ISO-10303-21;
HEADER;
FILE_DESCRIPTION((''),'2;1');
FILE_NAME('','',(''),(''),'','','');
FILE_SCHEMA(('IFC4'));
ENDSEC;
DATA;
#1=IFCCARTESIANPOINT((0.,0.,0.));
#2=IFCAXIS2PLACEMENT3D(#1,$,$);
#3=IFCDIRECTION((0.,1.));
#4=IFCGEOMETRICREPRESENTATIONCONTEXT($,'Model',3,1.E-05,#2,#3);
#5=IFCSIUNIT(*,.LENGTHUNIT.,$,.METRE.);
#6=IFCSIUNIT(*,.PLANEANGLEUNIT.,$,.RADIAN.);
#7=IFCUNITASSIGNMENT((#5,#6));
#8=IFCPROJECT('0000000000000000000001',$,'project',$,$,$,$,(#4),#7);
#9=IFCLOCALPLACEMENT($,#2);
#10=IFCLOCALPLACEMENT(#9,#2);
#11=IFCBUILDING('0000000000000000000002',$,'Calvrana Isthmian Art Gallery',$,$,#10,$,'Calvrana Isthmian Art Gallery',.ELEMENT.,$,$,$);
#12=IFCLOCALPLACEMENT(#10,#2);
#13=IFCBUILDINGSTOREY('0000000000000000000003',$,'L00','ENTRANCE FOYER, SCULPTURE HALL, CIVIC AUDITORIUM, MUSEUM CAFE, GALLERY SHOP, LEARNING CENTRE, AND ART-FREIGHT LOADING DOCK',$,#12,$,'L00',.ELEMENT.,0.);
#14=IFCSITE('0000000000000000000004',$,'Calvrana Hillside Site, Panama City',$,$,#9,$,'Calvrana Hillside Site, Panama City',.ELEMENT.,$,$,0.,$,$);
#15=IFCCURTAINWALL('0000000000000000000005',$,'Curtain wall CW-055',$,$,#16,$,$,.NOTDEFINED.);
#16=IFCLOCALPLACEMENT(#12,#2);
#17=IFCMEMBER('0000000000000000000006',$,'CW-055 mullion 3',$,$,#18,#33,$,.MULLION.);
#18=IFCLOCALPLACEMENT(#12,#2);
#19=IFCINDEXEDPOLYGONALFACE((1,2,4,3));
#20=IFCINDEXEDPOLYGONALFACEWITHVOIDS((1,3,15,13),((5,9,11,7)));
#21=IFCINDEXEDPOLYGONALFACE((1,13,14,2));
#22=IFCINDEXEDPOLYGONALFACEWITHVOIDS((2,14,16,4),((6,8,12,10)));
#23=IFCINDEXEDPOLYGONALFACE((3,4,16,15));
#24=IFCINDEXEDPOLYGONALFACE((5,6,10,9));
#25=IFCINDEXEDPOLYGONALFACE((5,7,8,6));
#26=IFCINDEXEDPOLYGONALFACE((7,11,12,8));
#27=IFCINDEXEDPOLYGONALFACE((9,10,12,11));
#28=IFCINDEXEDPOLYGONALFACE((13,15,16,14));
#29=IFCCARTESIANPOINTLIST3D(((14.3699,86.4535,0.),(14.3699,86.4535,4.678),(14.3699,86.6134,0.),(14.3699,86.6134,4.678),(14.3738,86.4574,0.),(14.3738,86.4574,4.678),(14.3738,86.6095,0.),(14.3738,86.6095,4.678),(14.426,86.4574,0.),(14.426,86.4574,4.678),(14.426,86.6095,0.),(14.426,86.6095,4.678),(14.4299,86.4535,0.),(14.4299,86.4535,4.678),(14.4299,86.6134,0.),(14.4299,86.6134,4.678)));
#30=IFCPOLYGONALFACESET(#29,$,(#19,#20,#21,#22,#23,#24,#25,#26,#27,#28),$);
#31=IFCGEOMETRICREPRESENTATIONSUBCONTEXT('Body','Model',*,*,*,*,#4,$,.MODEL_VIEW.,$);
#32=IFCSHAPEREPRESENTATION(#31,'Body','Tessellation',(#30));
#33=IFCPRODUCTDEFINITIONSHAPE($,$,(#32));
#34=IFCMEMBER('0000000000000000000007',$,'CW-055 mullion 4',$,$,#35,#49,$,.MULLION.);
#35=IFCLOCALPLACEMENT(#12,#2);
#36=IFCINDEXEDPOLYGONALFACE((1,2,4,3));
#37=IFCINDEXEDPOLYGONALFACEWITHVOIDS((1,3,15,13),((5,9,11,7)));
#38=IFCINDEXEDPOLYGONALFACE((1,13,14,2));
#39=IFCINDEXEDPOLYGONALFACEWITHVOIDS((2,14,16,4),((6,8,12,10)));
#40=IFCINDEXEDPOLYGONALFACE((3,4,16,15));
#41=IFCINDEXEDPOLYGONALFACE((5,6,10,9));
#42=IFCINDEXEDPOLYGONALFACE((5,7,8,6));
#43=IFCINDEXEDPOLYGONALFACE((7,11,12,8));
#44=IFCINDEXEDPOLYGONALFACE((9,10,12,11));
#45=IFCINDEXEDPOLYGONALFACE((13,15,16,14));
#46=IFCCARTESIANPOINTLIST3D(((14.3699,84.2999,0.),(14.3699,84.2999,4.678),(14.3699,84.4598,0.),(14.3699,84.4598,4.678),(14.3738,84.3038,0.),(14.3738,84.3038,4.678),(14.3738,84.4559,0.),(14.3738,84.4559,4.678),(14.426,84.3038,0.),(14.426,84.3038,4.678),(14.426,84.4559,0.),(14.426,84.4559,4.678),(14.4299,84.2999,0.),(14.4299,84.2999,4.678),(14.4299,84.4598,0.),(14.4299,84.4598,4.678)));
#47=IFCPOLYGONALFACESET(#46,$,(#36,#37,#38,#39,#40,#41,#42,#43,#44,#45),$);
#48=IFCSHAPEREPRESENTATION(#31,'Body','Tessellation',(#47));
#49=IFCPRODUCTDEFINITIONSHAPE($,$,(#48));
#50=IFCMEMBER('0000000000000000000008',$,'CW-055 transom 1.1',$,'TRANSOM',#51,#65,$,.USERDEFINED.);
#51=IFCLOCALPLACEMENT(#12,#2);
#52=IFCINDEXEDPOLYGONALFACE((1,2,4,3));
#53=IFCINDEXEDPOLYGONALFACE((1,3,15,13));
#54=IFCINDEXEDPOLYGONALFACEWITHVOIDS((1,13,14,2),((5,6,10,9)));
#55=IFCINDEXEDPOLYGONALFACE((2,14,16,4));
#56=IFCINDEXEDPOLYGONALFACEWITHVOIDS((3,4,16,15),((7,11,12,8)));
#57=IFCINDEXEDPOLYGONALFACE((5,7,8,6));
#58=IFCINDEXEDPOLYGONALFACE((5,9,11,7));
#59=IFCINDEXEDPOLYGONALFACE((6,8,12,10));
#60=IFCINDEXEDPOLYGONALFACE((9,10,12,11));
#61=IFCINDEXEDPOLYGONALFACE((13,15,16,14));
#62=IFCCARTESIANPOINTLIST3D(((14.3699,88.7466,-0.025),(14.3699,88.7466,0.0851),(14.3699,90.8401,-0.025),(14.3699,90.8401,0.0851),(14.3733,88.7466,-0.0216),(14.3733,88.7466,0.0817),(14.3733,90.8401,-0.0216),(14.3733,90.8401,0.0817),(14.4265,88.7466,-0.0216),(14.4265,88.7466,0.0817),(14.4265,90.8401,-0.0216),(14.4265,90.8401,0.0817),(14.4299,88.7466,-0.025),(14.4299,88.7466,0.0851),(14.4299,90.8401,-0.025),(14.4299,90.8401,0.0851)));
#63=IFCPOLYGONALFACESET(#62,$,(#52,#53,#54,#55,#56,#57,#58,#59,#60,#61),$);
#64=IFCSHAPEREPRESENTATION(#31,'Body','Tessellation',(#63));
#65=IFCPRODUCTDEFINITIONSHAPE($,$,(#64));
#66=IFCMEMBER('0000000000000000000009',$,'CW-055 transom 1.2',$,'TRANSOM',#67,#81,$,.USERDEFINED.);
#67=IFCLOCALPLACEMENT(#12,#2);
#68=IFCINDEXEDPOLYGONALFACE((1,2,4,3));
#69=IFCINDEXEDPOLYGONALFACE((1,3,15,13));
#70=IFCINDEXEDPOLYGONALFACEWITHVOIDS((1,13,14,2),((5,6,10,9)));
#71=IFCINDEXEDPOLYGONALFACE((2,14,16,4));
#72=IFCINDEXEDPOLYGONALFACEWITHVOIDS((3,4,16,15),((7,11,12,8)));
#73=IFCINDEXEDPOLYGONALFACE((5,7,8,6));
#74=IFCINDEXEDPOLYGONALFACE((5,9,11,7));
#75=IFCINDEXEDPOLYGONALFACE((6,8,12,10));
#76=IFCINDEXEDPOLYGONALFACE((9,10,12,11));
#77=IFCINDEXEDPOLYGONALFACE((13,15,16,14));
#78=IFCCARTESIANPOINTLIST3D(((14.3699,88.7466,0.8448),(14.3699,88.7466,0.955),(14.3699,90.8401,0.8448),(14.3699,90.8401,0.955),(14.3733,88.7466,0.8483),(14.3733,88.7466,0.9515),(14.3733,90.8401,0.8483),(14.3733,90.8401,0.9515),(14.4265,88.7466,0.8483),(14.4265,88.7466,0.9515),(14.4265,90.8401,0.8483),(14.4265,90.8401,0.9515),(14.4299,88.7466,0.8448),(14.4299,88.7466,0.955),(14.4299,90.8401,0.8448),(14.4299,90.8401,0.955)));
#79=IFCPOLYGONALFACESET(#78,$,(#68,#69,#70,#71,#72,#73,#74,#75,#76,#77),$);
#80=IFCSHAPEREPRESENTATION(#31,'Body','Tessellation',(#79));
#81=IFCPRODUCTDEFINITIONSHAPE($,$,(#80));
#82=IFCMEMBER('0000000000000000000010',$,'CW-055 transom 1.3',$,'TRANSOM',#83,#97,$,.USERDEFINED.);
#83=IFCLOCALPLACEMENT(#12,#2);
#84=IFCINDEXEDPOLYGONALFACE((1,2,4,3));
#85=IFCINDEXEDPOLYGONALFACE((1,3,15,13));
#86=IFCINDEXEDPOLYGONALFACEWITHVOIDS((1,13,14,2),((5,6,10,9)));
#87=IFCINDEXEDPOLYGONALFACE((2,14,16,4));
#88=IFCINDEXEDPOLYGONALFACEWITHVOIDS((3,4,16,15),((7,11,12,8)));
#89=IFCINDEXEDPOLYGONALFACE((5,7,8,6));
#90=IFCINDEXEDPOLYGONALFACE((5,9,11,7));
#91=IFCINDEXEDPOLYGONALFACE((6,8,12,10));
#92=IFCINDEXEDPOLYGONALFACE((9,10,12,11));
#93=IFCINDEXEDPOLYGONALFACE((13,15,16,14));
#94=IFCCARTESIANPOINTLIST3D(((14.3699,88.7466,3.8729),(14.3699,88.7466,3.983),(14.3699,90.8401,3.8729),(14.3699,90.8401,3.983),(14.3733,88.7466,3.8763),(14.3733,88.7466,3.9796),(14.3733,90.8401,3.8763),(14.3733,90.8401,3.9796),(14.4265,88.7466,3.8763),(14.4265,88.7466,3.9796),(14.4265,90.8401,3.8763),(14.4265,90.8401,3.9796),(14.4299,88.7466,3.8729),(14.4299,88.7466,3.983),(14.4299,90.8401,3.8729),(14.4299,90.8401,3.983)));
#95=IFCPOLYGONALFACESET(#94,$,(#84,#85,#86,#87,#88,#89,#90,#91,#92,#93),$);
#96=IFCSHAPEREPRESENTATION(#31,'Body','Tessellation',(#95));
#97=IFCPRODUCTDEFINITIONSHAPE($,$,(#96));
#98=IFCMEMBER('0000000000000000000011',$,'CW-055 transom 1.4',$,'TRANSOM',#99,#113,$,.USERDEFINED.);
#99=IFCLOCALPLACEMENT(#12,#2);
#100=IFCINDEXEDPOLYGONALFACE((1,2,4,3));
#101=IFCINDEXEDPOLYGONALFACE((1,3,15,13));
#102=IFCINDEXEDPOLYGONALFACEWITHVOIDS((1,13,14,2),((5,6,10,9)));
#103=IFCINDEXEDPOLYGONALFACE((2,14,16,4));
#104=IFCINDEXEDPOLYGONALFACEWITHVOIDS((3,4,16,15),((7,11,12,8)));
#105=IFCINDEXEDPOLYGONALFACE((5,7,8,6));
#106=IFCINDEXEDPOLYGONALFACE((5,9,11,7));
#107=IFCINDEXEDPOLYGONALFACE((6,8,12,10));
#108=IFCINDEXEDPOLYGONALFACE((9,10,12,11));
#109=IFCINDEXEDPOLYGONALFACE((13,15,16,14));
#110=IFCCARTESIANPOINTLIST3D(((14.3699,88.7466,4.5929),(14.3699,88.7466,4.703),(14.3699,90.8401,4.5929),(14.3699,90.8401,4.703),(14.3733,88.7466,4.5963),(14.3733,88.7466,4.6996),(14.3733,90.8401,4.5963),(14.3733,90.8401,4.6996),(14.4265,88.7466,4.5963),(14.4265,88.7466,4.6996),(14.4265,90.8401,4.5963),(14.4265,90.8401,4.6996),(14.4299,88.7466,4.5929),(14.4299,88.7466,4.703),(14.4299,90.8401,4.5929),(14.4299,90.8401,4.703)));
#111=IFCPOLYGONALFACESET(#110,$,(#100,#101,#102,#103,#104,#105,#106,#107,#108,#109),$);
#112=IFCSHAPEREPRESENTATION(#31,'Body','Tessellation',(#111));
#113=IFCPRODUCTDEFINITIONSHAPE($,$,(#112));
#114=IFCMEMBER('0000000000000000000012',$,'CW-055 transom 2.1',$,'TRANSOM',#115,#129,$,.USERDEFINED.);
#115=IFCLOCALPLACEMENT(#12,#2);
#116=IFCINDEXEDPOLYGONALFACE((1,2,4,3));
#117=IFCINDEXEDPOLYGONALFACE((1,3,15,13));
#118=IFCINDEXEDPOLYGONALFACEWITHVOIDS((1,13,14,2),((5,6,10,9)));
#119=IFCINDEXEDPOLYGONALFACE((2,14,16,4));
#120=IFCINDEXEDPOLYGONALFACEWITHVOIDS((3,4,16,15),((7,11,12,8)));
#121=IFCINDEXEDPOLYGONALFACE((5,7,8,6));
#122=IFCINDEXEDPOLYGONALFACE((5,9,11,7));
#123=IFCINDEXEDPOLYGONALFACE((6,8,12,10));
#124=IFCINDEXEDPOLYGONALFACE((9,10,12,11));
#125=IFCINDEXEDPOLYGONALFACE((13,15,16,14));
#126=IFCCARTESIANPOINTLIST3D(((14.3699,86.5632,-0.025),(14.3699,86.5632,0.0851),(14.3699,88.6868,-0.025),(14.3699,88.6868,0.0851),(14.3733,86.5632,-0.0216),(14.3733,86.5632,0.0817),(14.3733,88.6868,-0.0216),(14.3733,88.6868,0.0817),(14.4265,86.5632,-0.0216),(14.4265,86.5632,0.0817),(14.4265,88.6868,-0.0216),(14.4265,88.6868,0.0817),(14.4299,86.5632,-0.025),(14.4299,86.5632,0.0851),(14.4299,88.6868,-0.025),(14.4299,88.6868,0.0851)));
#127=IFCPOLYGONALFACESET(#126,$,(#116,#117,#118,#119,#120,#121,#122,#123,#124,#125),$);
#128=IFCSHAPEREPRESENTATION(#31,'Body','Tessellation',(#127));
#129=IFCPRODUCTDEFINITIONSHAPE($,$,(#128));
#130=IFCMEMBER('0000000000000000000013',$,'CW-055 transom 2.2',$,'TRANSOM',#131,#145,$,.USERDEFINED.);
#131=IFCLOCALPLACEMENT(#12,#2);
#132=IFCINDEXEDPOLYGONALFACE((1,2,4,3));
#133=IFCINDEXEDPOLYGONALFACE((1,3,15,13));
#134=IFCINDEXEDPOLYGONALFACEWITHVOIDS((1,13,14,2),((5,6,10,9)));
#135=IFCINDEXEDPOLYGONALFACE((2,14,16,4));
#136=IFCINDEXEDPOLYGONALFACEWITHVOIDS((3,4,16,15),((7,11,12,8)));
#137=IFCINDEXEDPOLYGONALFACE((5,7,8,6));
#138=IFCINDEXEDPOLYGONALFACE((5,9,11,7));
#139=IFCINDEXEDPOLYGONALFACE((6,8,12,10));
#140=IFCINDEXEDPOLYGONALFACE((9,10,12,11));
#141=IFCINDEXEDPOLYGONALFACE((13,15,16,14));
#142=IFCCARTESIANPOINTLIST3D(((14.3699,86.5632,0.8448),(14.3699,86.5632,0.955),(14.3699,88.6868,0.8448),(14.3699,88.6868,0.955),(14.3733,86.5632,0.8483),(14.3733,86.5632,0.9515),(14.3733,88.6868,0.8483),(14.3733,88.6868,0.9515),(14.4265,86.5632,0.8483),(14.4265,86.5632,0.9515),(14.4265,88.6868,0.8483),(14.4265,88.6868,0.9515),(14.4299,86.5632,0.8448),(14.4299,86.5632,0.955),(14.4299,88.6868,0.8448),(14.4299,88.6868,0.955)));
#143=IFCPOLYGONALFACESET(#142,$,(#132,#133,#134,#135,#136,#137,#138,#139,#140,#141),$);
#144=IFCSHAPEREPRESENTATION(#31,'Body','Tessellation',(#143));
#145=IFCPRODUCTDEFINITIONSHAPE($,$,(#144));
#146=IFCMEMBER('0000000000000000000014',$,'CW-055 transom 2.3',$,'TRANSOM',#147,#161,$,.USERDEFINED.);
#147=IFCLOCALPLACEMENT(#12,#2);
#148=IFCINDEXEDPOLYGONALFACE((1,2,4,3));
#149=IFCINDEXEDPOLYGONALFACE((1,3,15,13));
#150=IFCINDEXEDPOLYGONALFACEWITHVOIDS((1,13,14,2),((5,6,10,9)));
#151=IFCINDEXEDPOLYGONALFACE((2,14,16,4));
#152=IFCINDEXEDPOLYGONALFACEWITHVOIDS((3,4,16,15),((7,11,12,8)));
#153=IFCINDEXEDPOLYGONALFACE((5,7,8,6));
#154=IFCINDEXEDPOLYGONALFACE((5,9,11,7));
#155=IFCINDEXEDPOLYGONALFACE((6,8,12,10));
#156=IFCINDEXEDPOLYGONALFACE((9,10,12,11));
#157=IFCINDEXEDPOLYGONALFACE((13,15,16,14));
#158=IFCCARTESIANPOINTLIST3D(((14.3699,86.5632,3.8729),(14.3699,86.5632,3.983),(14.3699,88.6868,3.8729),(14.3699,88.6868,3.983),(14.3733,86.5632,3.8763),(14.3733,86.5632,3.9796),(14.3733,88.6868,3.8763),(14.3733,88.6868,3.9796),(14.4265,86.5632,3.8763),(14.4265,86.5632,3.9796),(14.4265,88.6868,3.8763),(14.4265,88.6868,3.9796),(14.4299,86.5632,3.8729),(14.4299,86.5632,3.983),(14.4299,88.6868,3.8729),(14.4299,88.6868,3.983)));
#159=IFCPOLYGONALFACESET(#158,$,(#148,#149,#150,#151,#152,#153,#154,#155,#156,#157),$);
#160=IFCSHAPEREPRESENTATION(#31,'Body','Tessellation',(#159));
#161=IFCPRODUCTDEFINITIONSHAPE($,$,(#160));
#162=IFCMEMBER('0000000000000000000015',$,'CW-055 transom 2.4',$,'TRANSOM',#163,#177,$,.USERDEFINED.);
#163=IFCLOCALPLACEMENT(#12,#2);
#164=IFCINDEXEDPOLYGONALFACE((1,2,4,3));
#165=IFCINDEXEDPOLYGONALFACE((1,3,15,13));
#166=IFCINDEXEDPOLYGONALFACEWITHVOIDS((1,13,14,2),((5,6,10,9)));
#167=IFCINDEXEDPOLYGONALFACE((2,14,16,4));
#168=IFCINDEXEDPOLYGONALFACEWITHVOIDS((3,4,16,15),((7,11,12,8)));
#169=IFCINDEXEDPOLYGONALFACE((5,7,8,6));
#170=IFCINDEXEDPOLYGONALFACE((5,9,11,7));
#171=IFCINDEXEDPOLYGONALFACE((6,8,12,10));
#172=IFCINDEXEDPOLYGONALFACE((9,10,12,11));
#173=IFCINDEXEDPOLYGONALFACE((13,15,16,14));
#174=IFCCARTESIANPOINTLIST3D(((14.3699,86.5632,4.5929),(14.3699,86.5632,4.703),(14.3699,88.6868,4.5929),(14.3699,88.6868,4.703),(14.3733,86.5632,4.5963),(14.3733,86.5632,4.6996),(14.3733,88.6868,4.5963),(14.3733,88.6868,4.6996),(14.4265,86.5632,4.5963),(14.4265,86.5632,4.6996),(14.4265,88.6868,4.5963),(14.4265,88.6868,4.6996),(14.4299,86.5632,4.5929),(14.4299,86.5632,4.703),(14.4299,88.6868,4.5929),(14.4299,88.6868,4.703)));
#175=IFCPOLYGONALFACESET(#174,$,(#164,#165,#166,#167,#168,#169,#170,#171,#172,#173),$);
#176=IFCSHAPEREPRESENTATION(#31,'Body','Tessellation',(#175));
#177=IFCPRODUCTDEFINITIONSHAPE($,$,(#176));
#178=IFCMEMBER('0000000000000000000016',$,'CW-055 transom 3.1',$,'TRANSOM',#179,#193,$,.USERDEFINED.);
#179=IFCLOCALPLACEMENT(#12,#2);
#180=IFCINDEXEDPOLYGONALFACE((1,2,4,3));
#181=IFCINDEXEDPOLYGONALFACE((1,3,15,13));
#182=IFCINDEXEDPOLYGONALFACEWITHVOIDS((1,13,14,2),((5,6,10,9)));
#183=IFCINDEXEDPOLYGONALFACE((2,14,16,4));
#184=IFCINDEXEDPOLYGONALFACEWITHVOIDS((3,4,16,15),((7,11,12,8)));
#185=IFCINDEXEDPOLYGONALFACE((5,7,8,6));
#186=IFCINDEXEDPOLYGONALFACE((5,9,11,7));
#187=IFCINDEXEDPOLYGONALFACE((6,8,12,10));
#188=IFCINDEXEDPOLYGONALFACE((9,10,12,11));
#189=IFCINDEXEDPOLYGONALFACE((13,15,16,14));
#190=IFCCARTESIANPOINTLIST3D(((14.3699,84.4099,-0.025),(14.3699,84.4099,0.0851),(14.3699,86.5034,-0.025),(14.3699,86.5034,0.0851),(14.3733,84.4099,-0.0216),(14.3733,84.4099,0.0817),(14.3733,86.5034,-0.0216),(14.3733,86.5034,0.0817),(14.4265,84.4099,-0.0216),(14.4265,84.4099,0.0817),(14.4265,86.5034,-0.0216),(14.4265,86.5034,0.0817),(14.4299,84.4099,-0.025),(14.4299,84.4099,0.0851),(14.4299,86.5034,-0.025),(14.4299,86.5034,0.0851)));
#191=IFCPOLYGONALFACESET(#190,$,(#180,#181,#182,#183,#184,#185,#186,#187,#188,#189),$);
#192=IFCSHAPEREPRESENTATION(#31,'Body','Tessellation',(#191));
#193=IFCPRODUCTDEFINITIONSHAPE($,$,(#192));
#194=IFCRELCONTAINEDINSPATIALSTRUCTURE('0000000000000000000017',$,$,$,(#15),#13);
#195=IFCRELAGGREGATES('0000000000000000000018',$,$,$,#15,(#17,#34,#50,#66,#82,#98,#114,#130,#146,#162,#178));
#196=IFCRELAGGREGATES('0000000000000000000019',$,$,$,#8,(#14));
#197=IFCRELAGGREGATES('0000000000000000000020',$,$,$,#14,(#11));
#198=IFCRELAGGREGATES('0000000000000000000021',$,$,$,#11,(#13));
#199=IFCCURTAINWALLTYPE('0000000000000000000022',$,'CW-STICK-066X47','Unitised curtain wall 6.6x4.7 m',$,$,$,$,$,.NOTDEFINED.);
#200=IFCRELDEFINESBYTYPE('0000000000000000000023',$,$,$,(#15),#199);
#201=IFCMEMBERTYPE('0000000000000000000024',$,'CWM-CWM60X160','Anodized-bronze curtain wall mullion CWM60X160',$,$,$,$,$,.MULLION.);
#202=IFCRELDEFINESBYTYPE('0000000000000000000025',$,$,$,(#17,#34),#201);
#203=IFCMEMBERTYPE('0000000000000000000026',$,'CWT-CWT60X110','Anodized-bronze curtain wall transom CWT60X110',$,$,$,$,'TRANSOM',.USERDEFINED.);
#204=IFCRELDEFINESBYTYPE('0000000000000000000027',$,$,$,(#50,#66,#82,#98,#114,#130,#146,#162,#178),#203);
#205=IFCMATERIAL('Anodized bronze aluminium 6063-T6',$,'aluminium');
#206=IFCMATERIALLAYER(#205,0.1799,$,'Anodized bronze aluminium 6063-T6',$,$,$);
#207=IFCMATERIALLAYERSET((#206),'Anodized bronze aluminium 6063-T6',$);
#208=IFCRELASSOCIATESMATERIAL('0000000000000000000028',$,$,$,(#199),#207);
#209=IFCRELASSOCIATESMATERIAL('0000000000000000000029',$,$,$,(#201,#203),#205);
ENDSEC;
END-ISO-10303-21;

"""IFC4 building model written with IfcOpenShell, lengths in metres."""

from ifc_helpers import new_model, si_unit, direction, frame, origin, origin_2d, place, context, subcontext, project, spatial, hollow_rectangle, extrude, material, layer, layer_set, material_profile, profile_set, type_object, element, aggregate, save


model = new_model("IFC4")

# Units and contexts
model_context = context("Model", 3, precision=1e-05, world=origin(), true_north=direction((0.0, 1.0)))
body_context = subcontext(model_context, "Body", "Model", "MODEL_VIEW")
ifc_project = project(units=[si_unit("LENGTHUNIT", "METRE"), si_unit("PLANEANGLEUNIT", "RADIAN")], contexts=[model_context])

# Site, building, storey
site_placement = place(None, origin())
site = spatial("IfcSite", under=ifc_project, at=site_placement, Name="Calvrana Hillside Site, Panama City", LongName="Calvrana Hillside Site, Panama City", CompositionType="ELEMENT", RefElevation=0.0)
building_placement = place(site_placement, origin())
building = spatial("IfcBuilding", under=site, at=building_placement, Name="Calvrana Isthmian Art Gallery", LongName="Calvrana Isthmian Art Gallery", CompositionType="ELEMENT")
storey_placement = place(building_placement, origin())
storey = spatial("IfcBuildingStorey", under=building, at=storey_placement, Name="L00", Description="ENTRANCE FOYER, SCULPTURE HALL, CIVIC AUDITORIUM, MUSEUM CAFE, GALLERY SHOP, LEARNING CENTRE, AND ART-FREIGHT LOADING DOCK", LongName="L00", CompositionType="ELEMENT", Elevation=0.0)

# Shared definitions
ifc_material_1 = material(Name="Anodized bronze aluminium 6063-T6", Category="aluminium")

# Curtain wall, members
ifc_layer_1 = layer(ifc_material_1, 0.1799, Name="Anodized bronze aluminium 6063-T6")
ifc_layer_set_1 = layer_set([ifc_layer_1], Name="Anodized bronze aluminium 6063-T6")
curtain_wall_type_1 = type_object("IfcCurtainWallType", Name="CW-STICK-066X47", Description="Unitised curtain wall 6.6x4.7 m", PredefinedType="NOTDEFINED", material=ifc_layer_set_1)
curtain_wall_1_placement = place(storey_placement, origin())
curtain_wall_1 = element("IfcCurtainWall", 1, at=curtain_wall_1_placement, inside=storey, type_object=curtain_wall_type_1, Name="Curtain wall CW-055", PredefinedType="NOTDEFINED")
ifc_material_profile_1 = material_profile(ifc_material_1, hollow_rectangle(XDim=0.0601, YDim=0.1599, WallThickness=0.0039, at=origin_2d()), Name="CWM60X160")
ifc_profile_set_1 = profile_set([ifc_material_profile_1], Name="Anodized bronze aluminium 6063-T6")
member_type_1 = type_object("IfcMemberType", Name="CWM-CWM60X160", Description="Anodized-bronze curtain wall mullion CWM60X160", PredefinedType="MULLION", material=ifc_profile_set_1)
member_1_placement = place(storey_placement, frame((14.3999, 86.5334, 0.0), z_axis=(0.0, 0.0, 1.0), x_axis=(1.0, 0.0, 0.0)))
member_1 = element("IfcMember", 2, at=member_1_placement, type_object=member_type_1, Name="CW-055 mullion 3", PredefinedType="MULLION", context=body_context, shape_type="SweptSolid", body=[
    extrude(hollow_rectangle(XDim=0.0601, YDim=0.1599, WallThickness=0.0039, at=origin_2d()), origin(), (0.0, 0.0, 1.0), 4.678),
])
member_2_placement = place(storey_placement, frame((14.3999, 84.3799, 0.0), z_axis=(0.0, 0.0, 1.0), x_axis=(1.0, 0.0, 0.0)))
member_2 = element("IfcMember", 3, at=member_2_placement, type_object=member_type_1, Name="CW-055 mullion 4", PredefinedType="MULLION", context=body_context, shape_type="SweptSolid", body=[
    extrude(hollow_rectangle(XDim=0.0601, YDim=0.1599, WallThickness=0.0039, at=origin_2d()), origin(), (0.0, 0.0, 1.0), 4.678),
])
ifc_material_profile_2 = material_profile(ifc_material_1, hollow_rectangle(XDim=0.0601, YDim=0.1101, WallThickness=0.0034, at=origin_2d()), Name="CWT60X110")
ifc_profile_set_2 = profile_set([ifc_material_profile_2], Name="Anodized bronze aluminium 6063-T6")
member_type_2 = type_object("IfcMemberType", Name="CWT-CWT60X110", Description="Anodized-bronze curtain wall transom CWT60X110", ElementType="TRANSOM", PredefinedType="USERDEFINED", material=ifc_profile_set_2)
member_3_placement = place(storey_placement, frame((14.3999, 90.8401, 0.03), z_axis=(0.0, -1.0, 0.0), x_axis=(1.0, 0.0, 0.0)))
member_3 = element("IfcMember", 4, at=member_3_placement, type_object=member_type_2, Name="CW-055 transom 1.1", ObjectType="TRANSOM", PredefinedType="USERDEFINED", context=body_context, shape_type="SweptSolid", body=[
    extrude(hollow_rectangle(XDim=0.0601, YDim=0.1101, WallThickness=0.0034, at=origin_2d()), origin(), (0.0, 0.0, 1.0), 2.0935),
])
member_4_placement = place(storey_placement, frame((14.3999, 90.8401, 0.8999), z_axis=(0.0, -1.0, 0.0), x_axis=(1.0, 0.0, 0.0)))
member_4 = element("IfcMember", 5, at=member_4_placement, type_object=member_type_2, Name="CW-055 transom 1.2", ObjectType="TRANSOM", PredefinedType="USERDEFINED", context=body_context, shape_type="SweptSolid", body=[
    extrude(hollow_rectangle(XDim=0.0601, YDim=0.1101, WallThickness=0.0034, at=origin_2d()), origin(), (0.0, 0.0, 1.0), 2.0935),
])
member_5_placement = place(storey_placement, frame((14.3999, 90.8401, 3.928), z_axis=(0.0, -1.0, 0.0), x_axis=(1.0, 0.0, 0.0)))
member_5 = element("IfcMember", 6, at=member_5_placement, type_object=member_type_2, Name="CW-055 transom 1.3", ObjectType="TRANSOM", PredefinedType="USERDEFINED", context=body_context, shape_type="SweptSolid", body=[
    extrude(hollow_rectangle(XDim=0.0601, YDim=0.1101, WallThickness=0.0034, at=origin_2d()), origin(), (0.0, 0.0, 1.0), 2.0935),
])
member_6_placement = place(storey_placement, frame((14.3999, 90.8401, 4.6479), z_axis=(0.0, -1.0, 0.0), x_axis=(1.0, 0.0, 0.0)))
member_6 = element("IfcMember", 7, at=member_6_placement, type_object=member_type_2, Name="CW-055 transom 1.4", ObjectType="TRANSOM", PredefinedType="USERDEFINED", context=body_context, shape_type="SweptSolid", body=[
    extrude(hollow_rectangle(XDim=0.0601, YDim=0.1101, WallThickness=0.0034, at=origin_2d()), origin(), (0.0, 0.0, 1.0), 2.0935),
])
member_7_placement = place(storey_placement, frame((14.3999, 88.6868, 0.03), z_axis=(0.0, -1.0, 0.0), x_axis=(1.0, 0.0, 0.0)))
member_7 = element("IfcMember", 8, at=member_7_placement, type_object=member_type_2, Name="CW-055 transom 2.1", ObjectType="TRANSOM", PredefinedType="USERDEFINED", context=body_context, shape_type="SweptSolid", body=[
    extrude(hollow_rectangle(XDim=0.0601, YDim=0.1101, WallThickness=0.0034, at=origin_2d()), origin(), (0.0, 0.0, 1.0), 2.1235),
])
member_8_placement = place(storey_placement, frame((14.3999, 88.6868, 0.8999), z_axis=(0.0, -1.0, 0.0), x_axis=(1.0, 0.0, 0.0)))
member_8 = element("IfcMember", 9, at=member_8_placement, type_object=member_type_2, Name="CW-055 transom 2.2", ObjectType="TRANSOM", PredefinedType="USERDEFINED", context=body_context, shape_type="SweptSolid", body=[
    extrude(hollow_rectangle(XDim=0.0601, YDim=0.1101, WallThickness=0.0034, at=origin_2d()), origin(), (0.0, 0.0, 1.0), 2.1235),
])
member_9_placement = place(storey_placement, frame((14.3999, 88.6868, 3.928), z_axis=(0.0, -1.0, 0.0), x_axis=(1.0, 0.0, 0.0)))
member_9 = element("IfcMember", 10, at=member_9_placement, type_object=member_type_2, Name="CW-055 transom 2.3", ObjectType="TRANSOM", PredefinedType="USERDEFINED", context=body_context, shape_type="SweptSolid", body=[
    extrude(hollow_rectangle(XDim=0.0601, YDim=0.1101, WallThickness=0.0034, at=origin_2d()), origin(), (0.0, 0.0, 1.0), 2.1235),
])
member_10_placement = place(storey_placement, frame((14.3999, 88.6868, 4.6479), z_axis=(0.0, -1.0, 0.0), x_axis=(1.0, 0.0, 0.0)))
member_10 = element("IfcMember", 11, at=member_10_placement, type_object=member_type_2, Name="CW-055 transom 2.4", ObjectType="TRANSOM", PredefinedType="USERDEFINED", context=body_context, shape_type="SweptSolid", body=[
    extrude(hollow_rectangle(XDim=0.0601, YDim=0.1101, WallThickness=0.0034, at=origin_2d()), origin(), (0.0, 0.0, 1.0), 2.1235),
])
member_11_placement = place(storey_placement, frame((14.3999, 86.5034, 0.03), z_axis=(0.0, -1.0, 0.0), x_axis=(1.0, 0.0, 0.0)))
member_11 = element("IfcMember", 12, at=member_11_placement, type_object=member_type_2, Name="CW-055 transom 3.1", ObjectType="TRANSOM", PredefinedType="USERDEFINED", context=body_context, shape_type="SweptSolid", body=[
    extrude(hollow_rectangle(XDim=0.0601, YDim=0.1101, WallThickness=0.0034, at=origin_2d()), origin(), (0.0, 0.0, 1.0), 2.0935),
])

aggregate(curtain_wall_1, [member_1, member_2, member_3, member_4, member_5, member_6, member_7, member_8, member_9, member_10, member_11])

save(model, "model.ifc")
